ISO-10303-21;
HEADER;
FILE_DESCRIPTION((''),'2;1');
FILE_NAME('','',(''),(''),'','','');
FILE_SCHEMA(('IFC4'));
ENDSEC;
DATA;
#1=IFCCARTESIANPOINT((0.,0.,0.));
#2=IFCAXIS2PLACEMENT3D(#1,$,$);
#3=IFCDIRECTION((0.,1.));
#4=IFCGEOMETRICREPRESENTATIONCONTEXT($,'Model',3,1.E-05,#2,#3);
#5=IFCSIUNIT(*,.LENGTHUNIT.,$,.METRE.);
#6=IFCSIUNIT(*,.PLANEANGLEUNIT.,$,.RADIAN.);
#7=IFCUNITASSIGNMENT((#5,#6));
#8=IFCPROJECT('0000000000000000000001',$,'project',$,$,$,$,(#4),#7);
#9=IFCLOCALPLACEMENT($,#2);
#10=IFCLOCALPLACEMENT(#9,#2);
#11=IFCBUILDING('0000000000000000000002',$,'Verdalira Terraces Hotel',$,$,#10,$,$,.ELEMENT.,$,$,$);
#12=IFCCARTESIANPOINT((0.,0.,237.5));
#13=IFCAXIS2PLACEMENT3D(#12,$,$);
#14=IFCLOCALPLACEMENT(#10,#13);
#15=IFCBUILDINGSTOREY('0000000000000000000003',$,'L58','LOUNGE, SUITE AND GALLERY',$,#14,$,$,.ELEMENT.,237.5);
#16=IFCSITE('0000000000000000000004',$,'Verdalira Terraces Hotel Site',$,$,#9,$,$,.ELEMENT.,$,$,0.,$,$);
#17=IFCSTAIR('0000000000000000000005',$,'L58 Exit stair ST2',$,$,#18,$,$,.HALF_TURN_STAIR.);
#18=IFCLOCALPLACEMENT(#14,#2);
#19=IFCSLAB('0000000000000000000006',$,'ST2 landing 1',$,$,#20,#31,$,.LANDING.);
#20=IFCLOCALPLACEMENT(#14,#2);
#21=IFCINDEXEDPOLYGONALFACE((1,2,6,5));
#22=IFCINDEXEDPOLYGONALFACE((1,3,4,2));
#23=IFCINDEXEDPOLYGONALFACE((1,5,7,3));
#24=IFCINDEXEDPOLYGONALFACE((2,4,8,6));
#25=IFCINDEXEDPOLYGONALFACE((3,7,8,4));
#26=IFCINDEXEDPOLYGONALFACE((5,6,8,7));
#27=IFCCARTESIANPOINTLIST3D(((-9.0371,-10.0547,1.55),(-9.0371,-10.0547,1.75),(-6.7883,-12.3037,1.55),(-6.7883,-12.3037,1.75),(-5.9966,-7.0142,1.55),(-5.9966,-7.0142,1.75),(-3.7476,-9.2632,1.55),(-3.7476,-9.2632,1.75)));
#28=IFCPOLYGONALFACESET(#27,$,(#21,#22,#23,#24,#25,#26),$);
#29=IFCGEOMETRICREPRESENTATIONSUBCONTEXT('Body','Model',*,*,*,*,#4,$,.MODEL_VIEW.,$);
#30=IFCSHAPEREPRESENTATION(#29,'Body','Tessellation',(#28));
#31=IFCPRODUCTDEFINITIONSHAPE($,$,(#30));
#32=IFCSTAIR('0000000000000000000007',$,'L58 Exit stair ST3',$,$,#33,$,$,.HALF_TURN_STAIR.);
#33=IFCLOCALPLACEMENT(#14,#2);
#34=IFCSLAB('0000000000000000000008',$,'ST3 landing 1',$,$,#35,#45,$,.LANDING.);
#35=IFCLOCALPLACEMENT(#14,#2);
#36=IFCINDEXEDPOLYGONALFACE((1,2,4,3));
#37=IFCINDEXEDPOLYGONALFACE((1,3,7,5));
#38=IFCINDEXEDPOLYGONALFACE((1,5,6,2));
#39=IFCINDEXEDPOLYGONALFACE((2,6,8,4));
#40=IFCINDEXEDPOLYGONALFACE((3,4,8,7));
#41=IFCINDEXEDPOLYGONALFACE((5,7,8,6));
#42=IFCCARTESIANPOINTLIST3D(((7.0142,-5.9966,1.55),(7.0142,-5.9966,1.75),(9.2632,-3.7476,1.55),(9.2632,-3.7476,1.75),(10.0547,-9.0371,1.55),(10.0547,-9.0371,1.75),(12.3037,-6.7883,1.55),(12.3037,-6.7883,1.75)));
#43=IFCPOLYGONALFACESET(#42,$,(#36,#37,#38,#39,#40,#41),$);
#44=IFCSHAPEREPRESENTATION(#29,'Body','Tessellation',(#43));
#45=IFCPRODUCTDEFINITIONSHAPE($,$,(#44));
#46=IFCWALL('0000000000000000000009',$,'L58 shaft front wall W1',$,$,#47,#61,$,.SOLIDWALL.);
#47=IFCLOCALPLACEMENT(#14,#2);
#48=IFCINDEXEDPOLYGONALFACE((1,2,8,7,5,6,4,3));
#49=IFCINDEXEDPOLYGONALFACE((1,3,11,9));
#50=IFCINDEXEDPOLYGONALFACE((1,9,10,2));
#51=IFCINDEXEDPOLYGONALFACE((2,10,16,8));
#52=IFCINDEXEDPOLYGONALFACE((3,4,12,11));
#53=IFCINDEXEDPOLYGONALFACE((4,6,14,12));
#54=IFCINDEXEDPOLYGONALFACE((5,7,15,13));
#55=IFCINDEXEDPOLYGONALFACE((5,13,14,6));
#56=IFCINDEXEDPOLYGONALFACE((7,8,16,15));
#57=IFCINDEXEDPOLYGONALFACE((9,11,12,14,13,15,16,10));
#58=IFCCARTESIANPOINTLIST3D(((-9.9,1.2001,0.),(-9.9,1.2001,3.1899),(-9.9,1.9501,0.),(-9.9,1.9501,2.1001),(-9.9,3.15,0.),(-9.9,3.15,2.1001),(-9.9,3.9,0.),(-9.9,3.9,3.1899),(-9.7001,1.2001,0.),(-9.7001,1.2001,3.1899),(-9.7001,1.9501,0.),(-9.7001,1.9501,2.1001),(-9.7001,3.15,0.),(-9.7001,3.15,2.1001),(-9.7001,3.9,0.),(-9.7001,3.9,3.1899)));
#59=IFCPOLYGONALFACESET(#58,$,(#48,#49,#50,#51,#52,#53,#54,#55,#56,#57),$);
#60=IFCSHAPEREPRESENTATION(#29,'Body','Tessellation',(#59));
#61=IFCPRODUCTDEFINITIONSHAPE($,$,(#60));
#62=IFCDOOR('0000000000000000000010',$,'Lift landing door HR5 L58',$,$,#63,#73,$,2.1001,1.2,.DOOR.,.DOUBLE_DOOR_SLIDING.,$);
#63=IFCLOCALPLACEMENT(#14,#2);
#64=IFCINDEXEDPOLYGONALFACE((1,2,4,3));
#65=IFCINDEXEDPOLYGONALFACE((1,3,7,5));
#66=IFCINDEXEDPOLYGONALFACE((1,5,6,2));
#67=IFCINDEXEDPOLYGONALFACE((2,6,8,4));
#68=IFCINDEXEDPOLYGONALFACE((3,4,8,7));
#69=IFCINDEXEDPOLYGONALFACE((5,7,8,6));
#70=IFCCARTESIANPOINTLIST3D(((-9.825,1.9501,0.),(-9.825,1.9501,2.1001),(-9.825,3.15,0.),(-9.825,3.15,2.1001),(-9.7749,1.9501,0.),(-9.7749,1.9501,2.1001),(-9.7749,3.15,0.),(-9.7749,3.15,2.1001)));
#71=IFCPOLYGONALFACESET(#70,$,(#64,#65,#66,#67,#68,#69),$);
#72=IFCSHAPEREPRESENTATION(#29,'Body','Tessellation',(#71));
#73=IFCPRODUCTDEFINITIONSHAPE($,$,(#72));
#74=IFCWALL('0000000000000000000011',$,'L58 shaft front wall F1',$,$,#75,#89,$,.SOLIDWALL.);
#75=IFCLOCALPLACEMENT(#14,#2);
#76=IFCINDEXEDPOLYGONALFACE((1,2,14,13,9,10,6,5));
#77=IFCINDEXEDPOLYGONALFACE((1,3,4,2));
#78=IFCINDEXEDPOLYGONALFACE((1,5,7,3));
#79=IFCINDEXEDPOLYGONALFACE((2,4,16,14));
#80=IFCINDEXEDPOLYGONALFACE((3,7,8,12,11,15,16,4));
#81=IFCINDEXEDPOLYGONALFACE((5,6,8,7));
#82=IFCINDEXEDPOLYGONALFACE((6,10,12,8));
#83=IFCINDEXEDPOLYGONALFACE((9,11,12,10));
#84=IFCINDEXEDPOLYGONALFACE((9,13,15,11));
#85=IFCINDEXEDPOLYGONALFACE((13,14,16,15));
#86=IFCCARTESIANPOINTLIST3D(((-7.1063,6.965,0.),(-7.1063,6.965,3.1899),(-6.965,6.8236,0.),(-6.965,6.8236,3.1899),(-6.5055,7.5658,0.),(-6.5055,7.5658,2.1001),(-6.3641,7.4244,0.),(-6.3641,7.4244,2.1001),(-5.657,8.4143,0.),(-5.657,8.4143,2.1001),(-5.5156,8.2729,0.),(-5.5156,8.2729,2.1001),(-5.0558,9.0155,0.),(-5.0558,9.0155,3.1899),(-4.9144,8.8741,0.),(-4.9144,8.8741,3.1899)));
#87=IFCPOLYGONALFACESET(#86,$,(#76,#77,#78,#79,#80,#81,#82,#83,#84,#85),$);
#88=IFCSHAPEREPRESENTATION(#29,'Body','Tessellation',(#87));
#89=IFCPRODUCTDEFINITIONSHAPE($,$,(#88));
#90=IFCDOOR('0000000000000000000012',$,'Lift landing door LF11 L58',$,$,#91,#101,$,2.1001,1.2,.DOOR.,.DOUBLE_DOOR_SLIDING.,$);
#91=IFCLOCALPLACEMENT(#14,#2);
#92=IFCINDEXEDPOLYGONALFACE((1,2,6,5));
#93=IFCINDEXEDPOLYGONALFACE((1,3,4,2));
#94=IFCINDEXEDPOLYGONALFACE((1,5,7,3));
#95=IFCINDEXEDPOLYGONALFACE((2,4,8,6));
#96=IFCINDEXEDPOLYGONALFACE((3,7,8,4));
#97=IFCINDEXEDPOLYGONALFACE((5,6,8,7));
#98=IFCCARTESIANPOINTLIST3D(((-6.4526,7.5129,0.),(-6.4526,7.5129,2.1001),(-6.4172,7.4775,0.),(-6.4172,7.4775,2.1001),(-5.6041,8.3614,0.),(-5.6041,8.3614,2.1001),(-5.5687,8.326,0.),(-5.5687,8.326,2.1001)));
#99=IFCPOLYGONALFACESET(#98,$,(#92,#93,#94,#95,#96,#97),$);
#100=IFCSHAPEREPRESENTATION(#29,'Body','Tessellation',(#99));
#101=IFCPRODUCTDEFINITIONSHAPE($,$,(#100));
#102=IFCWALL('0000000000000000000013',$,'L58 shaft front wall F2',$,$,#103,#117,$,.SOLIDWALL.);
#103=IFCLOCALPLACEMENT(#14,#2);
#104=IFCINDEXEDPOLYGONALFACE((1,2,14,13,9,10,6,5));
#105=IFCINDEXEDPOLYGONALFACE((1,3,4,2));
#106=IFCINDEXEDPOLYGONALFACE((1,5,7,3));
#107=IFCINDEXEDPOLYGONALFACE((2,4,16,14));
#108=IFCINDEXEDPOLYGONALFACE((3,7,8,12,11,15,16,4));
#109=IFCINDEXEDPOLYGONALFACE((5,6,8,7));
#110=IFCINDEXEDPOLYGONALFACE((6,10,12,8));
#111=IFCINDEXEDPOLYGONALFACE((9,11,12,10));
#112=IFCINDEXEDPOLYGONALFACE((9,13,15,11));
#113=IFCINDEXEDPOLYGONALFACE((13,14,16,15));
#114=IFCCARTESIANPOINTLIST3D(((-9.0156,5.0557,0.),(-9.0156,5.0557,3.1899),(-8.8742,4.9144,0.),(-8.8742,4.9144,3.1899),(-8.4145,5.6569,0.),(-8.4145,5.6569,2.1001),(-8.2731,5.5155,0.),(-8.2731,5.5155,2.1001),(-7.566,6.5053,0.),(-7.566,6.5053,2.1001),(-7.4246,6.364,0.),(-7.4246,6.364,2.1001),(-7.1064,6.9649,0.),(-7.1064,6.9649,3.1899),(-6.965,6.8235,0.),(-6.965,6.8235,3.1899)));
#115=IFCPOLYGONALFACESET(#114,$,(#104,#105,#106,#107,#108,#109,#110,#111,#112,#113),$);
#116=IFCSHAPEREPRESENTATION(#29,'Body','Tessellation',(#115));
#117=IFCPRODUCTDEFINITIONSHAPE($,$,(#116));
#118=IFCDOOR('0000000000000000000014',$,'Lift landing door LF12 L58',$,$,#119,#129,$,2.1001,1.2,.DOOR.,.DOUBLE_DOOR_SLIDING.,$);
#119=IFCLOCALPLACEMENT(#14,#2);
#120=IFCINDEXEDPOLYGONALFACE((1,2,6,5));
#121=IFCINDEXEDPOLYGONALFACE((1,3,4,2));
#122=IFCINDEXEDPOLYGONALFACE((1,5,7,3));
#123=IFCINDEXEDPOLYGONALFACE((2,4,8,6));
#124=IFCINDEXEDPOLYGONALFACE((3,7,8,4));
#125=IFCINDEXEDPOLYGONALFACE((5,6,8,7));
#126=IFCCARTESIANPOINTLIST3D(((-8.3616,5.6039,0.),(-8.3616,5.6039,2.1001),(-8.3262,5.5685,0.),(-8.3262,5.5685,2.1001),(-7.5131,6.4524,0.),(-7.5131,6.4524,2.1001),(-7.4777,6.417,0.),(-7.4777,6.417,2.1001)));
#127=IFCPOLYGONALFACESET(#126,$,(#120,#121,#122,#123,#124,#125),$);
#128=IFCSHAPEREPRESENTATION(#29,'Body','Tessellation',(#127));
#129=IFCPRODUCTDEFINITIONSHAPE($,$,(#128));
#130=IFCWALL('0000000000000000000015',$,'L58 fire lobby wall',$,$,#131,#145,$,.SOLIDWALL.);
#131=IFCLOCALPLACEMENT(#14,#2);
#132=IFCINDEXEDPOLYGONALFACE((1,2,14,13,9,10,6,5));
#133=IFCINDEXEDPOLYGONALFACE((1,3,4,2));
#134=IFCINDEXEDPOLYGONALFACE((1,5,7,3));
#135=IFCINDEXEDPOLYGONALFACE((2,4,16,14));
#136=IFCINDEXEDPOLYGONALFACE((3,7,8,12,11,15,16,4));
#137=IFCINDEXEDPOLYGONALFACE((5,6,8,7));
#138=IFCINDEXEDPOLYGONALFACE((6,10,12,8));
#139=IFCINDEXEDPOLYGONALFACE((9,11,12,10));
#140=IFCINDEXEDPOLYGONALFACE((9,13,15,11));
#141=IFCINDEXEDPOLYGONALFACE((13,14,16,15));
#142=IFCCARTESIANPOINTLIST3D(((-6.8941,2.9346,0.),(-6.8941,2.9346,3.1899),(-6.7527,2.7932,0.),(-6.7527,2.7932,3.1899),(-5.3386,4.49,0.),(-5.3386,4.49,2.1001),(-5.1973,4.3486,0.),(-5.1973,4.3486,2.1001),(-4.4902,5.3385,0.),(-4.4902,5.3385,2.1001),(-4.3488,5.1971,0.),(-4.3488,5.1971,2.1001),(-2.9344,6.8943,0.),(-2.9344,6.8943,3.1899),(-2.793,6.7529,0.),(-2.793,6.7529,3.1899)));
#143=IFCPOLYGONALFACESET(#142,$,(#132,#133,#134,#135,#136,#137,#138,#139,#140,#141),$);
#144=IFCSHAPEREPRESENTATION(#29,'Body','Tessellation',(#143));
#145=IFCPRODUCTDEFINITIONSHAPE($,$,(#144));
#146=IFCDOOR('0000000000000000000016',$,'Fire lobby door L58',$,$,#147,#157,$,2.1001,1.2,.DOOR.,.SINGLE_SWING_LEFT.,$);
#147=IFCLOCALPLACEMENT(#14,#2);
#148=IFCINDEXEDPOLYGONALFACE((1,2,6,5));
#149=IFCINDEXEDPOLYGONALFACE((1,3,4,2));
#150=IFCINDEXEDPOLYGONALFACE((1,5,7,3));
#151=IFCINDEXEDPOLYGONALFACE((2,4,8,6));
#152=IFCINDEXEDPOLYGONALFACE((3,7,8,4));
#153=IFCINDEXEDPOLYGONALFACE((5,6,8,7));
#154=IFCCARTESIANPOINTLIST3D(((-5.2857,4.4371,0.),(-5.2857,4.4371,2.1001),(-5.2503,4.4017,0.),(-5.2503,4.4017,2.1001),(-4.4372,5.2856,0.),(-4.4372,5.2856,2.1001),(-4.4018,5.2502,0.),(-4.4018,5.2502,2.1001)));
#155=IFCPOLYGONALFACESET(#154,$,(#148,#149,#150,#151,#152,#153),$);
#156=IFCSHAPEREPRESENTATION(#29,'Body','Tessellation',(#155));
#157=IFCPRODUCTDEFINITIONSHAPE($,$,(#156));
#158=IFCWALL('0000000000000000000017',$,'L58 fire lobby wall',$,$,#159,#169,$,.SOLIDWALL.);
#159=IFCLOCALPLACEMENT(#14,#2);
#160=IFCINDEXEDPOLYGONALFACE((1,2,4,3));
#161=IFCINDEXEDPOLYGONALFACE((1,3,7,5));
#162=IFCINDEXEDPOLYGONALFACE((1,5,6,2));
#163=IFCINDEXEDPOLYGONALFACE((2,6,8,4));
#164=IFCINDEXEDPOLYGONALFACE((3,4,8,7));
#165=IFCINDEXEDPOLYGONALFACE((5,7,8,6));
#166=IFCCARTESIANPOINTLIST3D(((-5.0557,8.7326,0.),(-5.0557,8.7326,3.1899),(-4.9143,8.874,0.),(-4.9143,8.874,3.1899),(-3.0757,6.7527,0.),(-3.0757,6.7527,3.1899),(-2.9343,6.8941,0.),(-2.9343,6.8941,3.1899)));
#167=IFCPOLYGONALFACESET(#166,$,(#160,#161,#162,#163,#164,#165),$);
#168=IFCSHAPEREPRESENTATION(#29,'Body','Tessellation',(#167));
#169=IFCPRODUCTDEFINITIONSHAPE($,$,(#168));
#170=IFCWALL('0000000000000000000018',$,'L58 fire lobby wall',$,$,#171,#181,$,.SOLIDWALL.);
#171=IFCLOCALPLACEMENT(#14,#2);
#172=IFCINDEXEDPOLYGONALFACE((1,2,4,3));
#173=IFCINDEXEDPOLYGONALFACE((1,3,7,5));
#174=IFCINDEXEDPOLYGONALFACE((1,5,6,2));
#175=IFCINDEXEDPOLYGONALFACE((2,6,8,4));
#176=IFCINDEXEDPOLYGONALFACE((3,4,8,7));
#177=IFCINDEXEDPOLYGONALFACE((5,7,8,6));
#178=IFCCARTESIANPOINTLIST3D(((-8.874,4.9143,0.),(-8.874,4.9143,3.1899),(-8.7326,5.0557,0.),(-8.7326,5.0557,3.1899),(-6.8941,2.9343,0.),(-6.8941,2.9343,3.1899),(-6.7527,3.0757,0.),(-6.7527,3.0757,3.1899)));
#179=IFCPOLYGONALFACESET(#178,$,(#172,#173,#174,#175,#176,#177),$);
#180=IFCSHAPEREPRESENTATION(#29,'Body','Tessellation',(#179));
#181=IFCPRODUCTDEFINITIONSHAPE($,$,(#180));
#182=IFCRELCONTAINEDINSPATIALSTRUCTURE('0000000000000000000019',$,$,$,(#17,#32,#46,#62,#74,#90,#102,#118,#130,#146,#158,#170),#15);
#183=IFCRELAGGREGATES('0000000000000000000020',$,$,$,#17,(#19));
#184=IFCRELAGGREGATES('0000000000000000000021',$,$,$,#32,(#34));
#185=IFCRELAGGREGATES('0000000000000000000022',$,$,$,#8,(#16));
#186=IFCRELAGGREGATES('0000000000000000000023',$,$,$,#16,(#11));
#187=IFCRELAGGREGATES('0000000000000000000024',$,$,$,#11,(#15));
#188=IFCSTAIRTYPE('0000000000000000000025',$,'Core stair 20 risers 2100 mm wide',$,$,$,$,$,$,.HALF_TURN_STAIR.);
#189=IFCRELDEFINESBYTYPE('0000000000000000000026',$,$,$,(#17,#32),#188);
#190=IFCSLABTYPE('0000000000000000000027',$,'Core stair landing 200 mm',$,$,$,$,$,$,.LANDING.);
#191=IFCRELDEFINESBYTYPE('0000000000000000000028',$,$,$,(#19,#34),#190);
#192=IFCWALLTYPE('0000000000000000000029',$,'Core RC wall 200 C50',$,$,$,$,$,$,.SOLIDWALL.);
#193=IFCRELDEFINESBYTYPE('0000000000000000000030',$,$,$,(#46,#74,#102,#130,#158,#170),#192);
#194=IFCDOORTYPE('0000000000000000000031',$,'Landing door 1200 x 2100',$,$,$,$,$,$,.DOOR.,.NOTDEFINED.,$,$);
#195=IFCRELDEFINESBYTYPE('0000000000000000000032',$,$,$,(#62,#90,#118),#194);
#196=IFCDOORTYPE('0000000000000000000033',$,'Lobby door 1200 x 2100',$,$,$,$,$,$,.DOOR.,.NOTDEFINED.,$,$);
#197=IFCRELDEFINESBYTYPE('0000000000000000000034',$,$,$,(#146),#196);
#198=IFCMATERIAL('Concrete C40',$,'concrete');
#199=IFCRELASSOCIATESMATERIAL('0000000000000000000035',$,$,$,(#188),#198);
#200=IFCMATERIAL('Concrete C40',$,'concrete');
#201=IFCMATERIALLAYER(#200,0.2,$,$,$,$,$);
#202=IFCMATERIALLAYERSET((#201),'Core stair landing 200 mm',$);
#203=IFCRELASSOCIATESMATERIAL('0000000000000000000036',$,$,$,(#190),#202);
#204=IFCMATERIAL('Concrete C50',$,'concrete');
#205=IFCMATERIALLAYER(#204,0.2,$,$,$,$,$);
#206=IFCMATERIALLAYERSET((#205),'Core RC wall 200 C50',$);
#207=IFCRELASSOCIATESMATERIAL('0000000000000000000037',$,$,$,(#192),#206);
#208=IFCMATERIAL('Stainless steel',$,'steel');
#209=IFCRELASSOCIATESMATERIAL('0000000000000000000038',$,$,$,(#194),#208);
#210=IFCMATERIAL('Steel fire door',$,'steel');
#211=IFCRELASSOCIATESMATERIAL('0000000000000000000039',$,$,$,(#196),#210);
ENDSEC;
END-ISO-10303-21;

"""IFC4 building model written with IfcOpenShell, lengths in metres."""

from ifc_helpers import new_model, si_unit, direction, frame, frame_2d, origin, place, context, subcontext, project, spatial, polyline, rectangle, outline, extrude, material, layer, layer_set, type_object, element, fill, aggregate, save


model = new_model("IFC4")

# Units and contexts
model_context = context("Model", 3, precision=1e-05, world=origin(), true_north=direction((0.0, 1.0)))
body_context = subcontext(model_context, "Body", "Model", "MODEL_VIEW")
ifc_project = project(units=[si_unit("LENGTHUNIT", "METRE"), si_unit("PLANEANGLEUNIT", "RADIAN")], contexts=[model_context])

# Site, building, storey
site_placement = place(None, origin())
site = spatial("IfcSite", under=ifc_project, at=site_placement, Name="Verdalira Terraces Hotel Site", CompositionType="ELEMENT", RefElevation=0.0)
building_placement = place(site_placement, origin())
building = spatial("IfcBuilding", under=site, at=building_placement, Name="Verdalira Terraces Hotel", CompositionType="ELEMENT")
storey_placement = place(building_placement, frame((0.0, 0.0, 237.5)))
storey = spatial("IfcBuildingStorey", under=building, at=storey_placement, Name="L58", Description="LOUNGE, SUITE AND GALLERY", CompositionType="ELEMENT", Elevation=237.5)

# Stairs, slabs
ifc_material_1 = material(Name="Concrete C40", Category="concrete")
stair_type = type_object("IfcStairType", Name="Core stair 20 risers 2100 mm wide", PredefinedType="HALF_TURN_STAIR", material=ifc_material_1)
stair_1_placement = place(storey_placement, origin())
stair_1 = element("IfcStair", 1, at=stair_1_placement, inside=storey, type_object=stair_type, Name="L58 Exit stair ST2", PredefinedType="HALF_TURN_STAIR")
ifc_material_2 = material(Name="Concrete C40", Category="concrete")
ifc_layer_1 = layer(ifc_material_2, 0.2)
ifc_layer_set_1 = layer_set([ifc_layer_1], Name="Core stair landing 200 mm")
slab_type = type_object("IfcSlabType", Name="Core stair landing 200 mm", PredefinedType="LANDING", material=ifc_layer_set_1)
slab_1_placement = place(storey_placement, frame((0.0, 0.0, 1.55)))
slab_1 = element("IfcSlab", 2, at=slab_1_placement, type_object=slab_type, Name="ST2 landing 1", PredefinedType="LANDING", context=body_context, shape_type="SweptSolid", body=[
    extrude(outline(polyline([(-9.0371, -10.0547), (-6.7883, -12.3037), (-3.7476, -9.2632), (-5.9966, -7.0142), (-9.0371, -10.0547)])), origin(), (0.0, 0.0, 1.0), 0.2),
])
aggregate(stair_1, [slab_1])
stair_2_placement = place(storey_placement, origin())
stair_2 = element("IfcStair", 3, at=stair_2_placement, inside=storey, type_object=stair_type, Name="L58 Exit stair ST3", PredefinedType="HALF_TURN_STAIR")
slab_2_placement = place(storey_placement, frame((0.0, 0.0, 1.55)))
slab_2 = element("IfcSlab", 4, at=slab_2_placement, type_object=slab_type, Name="ST3 landing 1", PredefinedType="LANDING", context=body_context, shape_type="SweptSolid", body=[
    extrude(outline(polyline([(10.0547, -9.0371), (12.3037, -6.7883), (9.2632, -3.7476), (7.0142, -5.9966), (10.0547, -9.0371)])), origin(), (0.0, 0.0, 1.0), 0.2),
])
aggregate(stair_2, [slab_2])

# Walls, openings, doors
ifc_material_3 = material(Name="Concrete C50", Category="concrete")
ifc_layer_2 = layer(ifc_material_3, 0.2)
ifc_layer_set_2 = layer_set([ifc_layer_2], Name="Core RC wall 200 C50")
wall_type_1 = type_object("IfcWallType", Name="Core RC wall 200 C50", PredefinedType="SOLIDWALL", material=ifc_layer_set_2)
wall_1_placement = place(storey_placement, frame((-9.8, 1.2, 0.0), z_axis=(0.0, 0.0, 1.0), x_axis=(0.0, 1.0, 0.0)))
wall_1 = element("IfcWall", 5, at=wall_1_placement, inside=storey, type_object=wall_type_1, Name="L58 shaft front wall W1", PredefinedType="SOLIDWALL", context=body_context, shape_type="SweptSolid", body=[
    extrude(rectangle(XDim=2.7, YDim=0.2, at=frame_2d((1.3501, 0.0))), origin(), (0.0, 0.0, 1.0), 3.1899),
])
opening_1_placement = place(wall_1_placement, frame((0.75, 0.0, 0.0)))
opening_1 = element("IfcOpeningElement", 6, at=opening_1_placement, cuts=wall_1, PredefinedType="OPENING", context=body_context, shape_type="SweptSolid", body=[
    extrude(rectangle(XDim=1.2, YDim=2.1001, at=frame_2d((0.6001, 1.05))), frame((0.0, 0.1099, 0.0), z_axis=(0.0, -1.0, 0.0), x_axis=(1.0, 0.0, 0.0)), (0.0, 0.0, 1.0), 0.22),
])
ifc_material_4 = material(Name="Stainless steel", Category="steel")
door_type_1 = type_object("IfcDoorType", Name="Landing door 1200 x 2100", OperationType="NOTDEFINED", PredefinedType="DOOR", material=ifc_material_4)
door_1_placement = place(opening_1_placement, origin())
door_1 = element("IfcDoor", 7, at=door_1_placement, inside=storey, type_object=door_type_1, Name="Lift landing door HR5 L58", OperationType="DOUBLE_DOOR_SLIDING", OverallHeight=2.1001, OverallWidth=1.2, PredefinedType="DOOR", context=body_context, shape_type="SweptSolid", body=[
    extrude(rectangle(XDim=1.2, YDim=2.1001, at=frame_2d((0.6001, 1.05))), frame((0.0, 0.0249, 0.0), z_axis=(0.0, -1.0, 0.0), x_axis=(1.0, 0.0, 0.0)), (0.0, 0.0, 1.0), 0.05),
])
fill(opening_1, door_1)
wall_2_placement = place(storey_placement, frame((-4.9851, 8.9448, 0.0), z_axis=(0.0, 0.0, 1.0), x_axis=(-0.707107, -0.707107, 0.0)))
wall_2 = element("IfcWall", 8, at=wall_2_placement, inside=storey, type_object=wall_type_1, Name="L58 shaft front wall F1", PredefinedType="SOLIDWALL", context=body_context, shape_type="SweptSolid", body=[
    extrude(rectangle(XDim=2.8999, YDim=0.2, at=frame_2d((1.45, 0.0))), origin(), (0.0, 0.0, 1.0), 3.1899),
])
opening_2_placement = place(wall_2_placement, frame((0.8501, 0.0, 0.0)))
opening_2 = element("IfcOpeningElement", 9, at=opening_2_placement, cuts=wall_2, PredefinedType="OPENING", context=body_context, shape_type="SweptSolid", body=[
    extrude(rectangle(XDim=1.2, YDim=2.1001, at=frame_2d((0.6001, 1.05))), frame((0.0, 0.1099, 0.0), z_axis=(0.0, -1.0, 0.0), x_axis=(1.0, 0.0, 0.0)), (0.0, 0.0, 1.0), 0.22),
])
door_2_placement = place(opening_2_placement, origin())
door_2 = element("IfcDoor", 10, at=door_2_placement, inside=storey, type_object=door_type_1, Name="Lift landing door LF11 L58", OperationType="DOUBLE_DOOR_SLIDING", OverallHeight=2.1001, OverallWidth=1.2, PredefinedType="DOOR", context=body_context, shape_type="SweptSolid", body=[
    extrude(rectangle(XDim=1.2, YDim=2.1001, at=frame_2d((0.6001, 1.05))), frame((0.0, 0.0249, 0.0), z_axis=(0.0, -1.0, 0.0), x_axis=(1.0, 0.0, 0.0)), (0.0, 0.0, 1.0), 0.05),
])
fill(opening_2, door_2)
wall_3_placement = place(storey_placement, frame((-7.0356, 6.8943, 0.0), z_axis=(0.0, 0.0, 1.0), x_axis=(-0.707107, -0.707107, 0.0)))
wall_3 = element("IfcWall", 11, at=wall_3_placement, inside=storey, type_object=wall_type_1, Name="L58 shaft front wall F2", PredefinedType="SOLIDWALL", context=body_context, shape_type="SweptSolid", body=[
    extrude(rectangle(XDim=2.7, YDim=0.2, at=frame_2d((1.3501, 0.0))), origin(), (0.0, 0.0, 1.0), 3.1899),
])
opening_3_placement = place(wall_3_placement, frame((0.6499, 0.0, 0.0)))
opening_3 = element("IfcOpeningElement", 12, at=opening_3_placement, cuts=wall_3, PredefinedType="OPENING", context=body_context, shape_type="SweptSolid", body=[
    extrude(rectangle(XDim=1.2, YDim=2.1001, at=frame_2d((0.6001, 1.05))), frame((0.0, 0.1099, 0.0), z_axis=(0.0, -1.0, 0.0), x_axis=(1.0, 0.0, 0.0)), (0.0, 0.0, 1.0), 0.22),
])
door_3_placement = place(opening_3_placement, origin())
door_3 = element("IfcDoor", 13, at=door_3_placement, inside=storey, type_object=door_type_1, Name="Lift landing door LF12 L58", OperationType="DOUBLE_DOOR_SLIDING", OverallHeight=2.1001, OverallWidth=1.2, PredefinedType="DOOR", context=body_context, shape_type="SweptSolid", body=[
    extrude(rectangle(XDim=1.2, YDim=2.1001, at=frame_2d((0.6001, 1.05))), frame((0.0, 0.0249, 0.0), z_axis=(0.0, -1.0, 0.0), x_axis=(1.0, 0.0, 0.0)), (0.0, 0.0, 1.0), 0.05),
])
fill(opening_3, door_3)
wall_4_placement = place(storey_placement, frame((-2.8638, 6.8235, 0.0), z_axis=(0.0, 0.0, 1.0), x_axis=(-0.707107, -0.707107, 0.0)))
wall_4 = element("IfcWall", 14, at=wall_4_placement, inside=storey, type_object=wall_type_1, Name="L58 fire lobby wall", PredefinedType="SOLIDWALL", context=body_context, shape_type="SweptSolid", body=[
    extrude(rectangle(XDim=5.5999, YDim=0.2, at=frame_2d((2.7998, 0.0))), origin(), (0.0, 0.0, 1.0), 3.1899),
])
opening_4_placement = place(wall_4_placement, frame((2.2, 0.0, 0.0)))
opening_4 = element("IfcOpeningElement", 15, at=opening_4_placement, cuts=wall_4, PredefinedType="OPENING", context=body_context, shape_type="SweptSolid", body=[
    extrude(rectangle(XDim=1.2, YDim=2.1001, at=frame_2d((0.6001, 1.05))), frame((0.0, 0.1099, 0.0), z_axis=(0.0, -1.0, 0.0), x_axis=(1.0, 0.0, 0.0)), (0.0, 0.0, 1.0), 0.22),
])
ifc_material_5 = material(Name="Steel fire door", Category="steel")
door_type_2 = type_object("IfcDoorType", Name="Lobby door 1200 x 2100", OperationType="NOTDEFINED", PredefinedType="DOOR", material=ifc_material_5)
door_4_placement = place(opening_4_placement, origin())
door_4 = element("IfcDoor", 16, at=door_4_placement, inside=storey, type_object=door_type_2, Name="Fire lobby door L58", OperationType="SINGLE_SWING_LEFT", OverallHeight=2.1001, OverallWidth=1.2, PredefinedType="DOOR", context=body_context, shape_type="SweptSolid", body=[
    extrude(rectangle(XDim=1.2, YDim=2.1001, at=frame_2d((0.6001, 1.05))), frame((0.0, 0.0249, 0.0), z_axis=(0.0, -1.0, 0.0), x_axis=(1.0, 0.0, 0.0)), (0.0, 0.0, 1.0), 0.05),
])
fill(opening_4, door_4)

# Walls
for number, where, z_axis, x_axis, name in (
    (17, (-3.0051, 6.8235, 0.0), (0.0, 0.0, 1.0), (-0.707107, 0.707107, 0.0), "L58 fire lobby wall"),
    (18, (-6.8235, 3.0051, 0.0), (0.0, 0.0, 1.0), (-0.707107, 0.707107, 0.0), "L58 fire lobby wall"),
):
    element("IfcWall", number, at=place(storey_placement, frame(where, z_axis=z_axis, x_axis=x_axis)), inside=storey, type_object=wall_type_1, Name=name, PredefinedType="SOLIDWALL", context=body_context, shape_type="SweptSolid", body=[
        extrude(rectangle(XDim=2.8, YDim=0.2, at=frame_2d((1.3999, 0.0))), origin(), (0.0, 0.0, 1.0), 3.1899),
    ])

save(model, "model.ifc")
